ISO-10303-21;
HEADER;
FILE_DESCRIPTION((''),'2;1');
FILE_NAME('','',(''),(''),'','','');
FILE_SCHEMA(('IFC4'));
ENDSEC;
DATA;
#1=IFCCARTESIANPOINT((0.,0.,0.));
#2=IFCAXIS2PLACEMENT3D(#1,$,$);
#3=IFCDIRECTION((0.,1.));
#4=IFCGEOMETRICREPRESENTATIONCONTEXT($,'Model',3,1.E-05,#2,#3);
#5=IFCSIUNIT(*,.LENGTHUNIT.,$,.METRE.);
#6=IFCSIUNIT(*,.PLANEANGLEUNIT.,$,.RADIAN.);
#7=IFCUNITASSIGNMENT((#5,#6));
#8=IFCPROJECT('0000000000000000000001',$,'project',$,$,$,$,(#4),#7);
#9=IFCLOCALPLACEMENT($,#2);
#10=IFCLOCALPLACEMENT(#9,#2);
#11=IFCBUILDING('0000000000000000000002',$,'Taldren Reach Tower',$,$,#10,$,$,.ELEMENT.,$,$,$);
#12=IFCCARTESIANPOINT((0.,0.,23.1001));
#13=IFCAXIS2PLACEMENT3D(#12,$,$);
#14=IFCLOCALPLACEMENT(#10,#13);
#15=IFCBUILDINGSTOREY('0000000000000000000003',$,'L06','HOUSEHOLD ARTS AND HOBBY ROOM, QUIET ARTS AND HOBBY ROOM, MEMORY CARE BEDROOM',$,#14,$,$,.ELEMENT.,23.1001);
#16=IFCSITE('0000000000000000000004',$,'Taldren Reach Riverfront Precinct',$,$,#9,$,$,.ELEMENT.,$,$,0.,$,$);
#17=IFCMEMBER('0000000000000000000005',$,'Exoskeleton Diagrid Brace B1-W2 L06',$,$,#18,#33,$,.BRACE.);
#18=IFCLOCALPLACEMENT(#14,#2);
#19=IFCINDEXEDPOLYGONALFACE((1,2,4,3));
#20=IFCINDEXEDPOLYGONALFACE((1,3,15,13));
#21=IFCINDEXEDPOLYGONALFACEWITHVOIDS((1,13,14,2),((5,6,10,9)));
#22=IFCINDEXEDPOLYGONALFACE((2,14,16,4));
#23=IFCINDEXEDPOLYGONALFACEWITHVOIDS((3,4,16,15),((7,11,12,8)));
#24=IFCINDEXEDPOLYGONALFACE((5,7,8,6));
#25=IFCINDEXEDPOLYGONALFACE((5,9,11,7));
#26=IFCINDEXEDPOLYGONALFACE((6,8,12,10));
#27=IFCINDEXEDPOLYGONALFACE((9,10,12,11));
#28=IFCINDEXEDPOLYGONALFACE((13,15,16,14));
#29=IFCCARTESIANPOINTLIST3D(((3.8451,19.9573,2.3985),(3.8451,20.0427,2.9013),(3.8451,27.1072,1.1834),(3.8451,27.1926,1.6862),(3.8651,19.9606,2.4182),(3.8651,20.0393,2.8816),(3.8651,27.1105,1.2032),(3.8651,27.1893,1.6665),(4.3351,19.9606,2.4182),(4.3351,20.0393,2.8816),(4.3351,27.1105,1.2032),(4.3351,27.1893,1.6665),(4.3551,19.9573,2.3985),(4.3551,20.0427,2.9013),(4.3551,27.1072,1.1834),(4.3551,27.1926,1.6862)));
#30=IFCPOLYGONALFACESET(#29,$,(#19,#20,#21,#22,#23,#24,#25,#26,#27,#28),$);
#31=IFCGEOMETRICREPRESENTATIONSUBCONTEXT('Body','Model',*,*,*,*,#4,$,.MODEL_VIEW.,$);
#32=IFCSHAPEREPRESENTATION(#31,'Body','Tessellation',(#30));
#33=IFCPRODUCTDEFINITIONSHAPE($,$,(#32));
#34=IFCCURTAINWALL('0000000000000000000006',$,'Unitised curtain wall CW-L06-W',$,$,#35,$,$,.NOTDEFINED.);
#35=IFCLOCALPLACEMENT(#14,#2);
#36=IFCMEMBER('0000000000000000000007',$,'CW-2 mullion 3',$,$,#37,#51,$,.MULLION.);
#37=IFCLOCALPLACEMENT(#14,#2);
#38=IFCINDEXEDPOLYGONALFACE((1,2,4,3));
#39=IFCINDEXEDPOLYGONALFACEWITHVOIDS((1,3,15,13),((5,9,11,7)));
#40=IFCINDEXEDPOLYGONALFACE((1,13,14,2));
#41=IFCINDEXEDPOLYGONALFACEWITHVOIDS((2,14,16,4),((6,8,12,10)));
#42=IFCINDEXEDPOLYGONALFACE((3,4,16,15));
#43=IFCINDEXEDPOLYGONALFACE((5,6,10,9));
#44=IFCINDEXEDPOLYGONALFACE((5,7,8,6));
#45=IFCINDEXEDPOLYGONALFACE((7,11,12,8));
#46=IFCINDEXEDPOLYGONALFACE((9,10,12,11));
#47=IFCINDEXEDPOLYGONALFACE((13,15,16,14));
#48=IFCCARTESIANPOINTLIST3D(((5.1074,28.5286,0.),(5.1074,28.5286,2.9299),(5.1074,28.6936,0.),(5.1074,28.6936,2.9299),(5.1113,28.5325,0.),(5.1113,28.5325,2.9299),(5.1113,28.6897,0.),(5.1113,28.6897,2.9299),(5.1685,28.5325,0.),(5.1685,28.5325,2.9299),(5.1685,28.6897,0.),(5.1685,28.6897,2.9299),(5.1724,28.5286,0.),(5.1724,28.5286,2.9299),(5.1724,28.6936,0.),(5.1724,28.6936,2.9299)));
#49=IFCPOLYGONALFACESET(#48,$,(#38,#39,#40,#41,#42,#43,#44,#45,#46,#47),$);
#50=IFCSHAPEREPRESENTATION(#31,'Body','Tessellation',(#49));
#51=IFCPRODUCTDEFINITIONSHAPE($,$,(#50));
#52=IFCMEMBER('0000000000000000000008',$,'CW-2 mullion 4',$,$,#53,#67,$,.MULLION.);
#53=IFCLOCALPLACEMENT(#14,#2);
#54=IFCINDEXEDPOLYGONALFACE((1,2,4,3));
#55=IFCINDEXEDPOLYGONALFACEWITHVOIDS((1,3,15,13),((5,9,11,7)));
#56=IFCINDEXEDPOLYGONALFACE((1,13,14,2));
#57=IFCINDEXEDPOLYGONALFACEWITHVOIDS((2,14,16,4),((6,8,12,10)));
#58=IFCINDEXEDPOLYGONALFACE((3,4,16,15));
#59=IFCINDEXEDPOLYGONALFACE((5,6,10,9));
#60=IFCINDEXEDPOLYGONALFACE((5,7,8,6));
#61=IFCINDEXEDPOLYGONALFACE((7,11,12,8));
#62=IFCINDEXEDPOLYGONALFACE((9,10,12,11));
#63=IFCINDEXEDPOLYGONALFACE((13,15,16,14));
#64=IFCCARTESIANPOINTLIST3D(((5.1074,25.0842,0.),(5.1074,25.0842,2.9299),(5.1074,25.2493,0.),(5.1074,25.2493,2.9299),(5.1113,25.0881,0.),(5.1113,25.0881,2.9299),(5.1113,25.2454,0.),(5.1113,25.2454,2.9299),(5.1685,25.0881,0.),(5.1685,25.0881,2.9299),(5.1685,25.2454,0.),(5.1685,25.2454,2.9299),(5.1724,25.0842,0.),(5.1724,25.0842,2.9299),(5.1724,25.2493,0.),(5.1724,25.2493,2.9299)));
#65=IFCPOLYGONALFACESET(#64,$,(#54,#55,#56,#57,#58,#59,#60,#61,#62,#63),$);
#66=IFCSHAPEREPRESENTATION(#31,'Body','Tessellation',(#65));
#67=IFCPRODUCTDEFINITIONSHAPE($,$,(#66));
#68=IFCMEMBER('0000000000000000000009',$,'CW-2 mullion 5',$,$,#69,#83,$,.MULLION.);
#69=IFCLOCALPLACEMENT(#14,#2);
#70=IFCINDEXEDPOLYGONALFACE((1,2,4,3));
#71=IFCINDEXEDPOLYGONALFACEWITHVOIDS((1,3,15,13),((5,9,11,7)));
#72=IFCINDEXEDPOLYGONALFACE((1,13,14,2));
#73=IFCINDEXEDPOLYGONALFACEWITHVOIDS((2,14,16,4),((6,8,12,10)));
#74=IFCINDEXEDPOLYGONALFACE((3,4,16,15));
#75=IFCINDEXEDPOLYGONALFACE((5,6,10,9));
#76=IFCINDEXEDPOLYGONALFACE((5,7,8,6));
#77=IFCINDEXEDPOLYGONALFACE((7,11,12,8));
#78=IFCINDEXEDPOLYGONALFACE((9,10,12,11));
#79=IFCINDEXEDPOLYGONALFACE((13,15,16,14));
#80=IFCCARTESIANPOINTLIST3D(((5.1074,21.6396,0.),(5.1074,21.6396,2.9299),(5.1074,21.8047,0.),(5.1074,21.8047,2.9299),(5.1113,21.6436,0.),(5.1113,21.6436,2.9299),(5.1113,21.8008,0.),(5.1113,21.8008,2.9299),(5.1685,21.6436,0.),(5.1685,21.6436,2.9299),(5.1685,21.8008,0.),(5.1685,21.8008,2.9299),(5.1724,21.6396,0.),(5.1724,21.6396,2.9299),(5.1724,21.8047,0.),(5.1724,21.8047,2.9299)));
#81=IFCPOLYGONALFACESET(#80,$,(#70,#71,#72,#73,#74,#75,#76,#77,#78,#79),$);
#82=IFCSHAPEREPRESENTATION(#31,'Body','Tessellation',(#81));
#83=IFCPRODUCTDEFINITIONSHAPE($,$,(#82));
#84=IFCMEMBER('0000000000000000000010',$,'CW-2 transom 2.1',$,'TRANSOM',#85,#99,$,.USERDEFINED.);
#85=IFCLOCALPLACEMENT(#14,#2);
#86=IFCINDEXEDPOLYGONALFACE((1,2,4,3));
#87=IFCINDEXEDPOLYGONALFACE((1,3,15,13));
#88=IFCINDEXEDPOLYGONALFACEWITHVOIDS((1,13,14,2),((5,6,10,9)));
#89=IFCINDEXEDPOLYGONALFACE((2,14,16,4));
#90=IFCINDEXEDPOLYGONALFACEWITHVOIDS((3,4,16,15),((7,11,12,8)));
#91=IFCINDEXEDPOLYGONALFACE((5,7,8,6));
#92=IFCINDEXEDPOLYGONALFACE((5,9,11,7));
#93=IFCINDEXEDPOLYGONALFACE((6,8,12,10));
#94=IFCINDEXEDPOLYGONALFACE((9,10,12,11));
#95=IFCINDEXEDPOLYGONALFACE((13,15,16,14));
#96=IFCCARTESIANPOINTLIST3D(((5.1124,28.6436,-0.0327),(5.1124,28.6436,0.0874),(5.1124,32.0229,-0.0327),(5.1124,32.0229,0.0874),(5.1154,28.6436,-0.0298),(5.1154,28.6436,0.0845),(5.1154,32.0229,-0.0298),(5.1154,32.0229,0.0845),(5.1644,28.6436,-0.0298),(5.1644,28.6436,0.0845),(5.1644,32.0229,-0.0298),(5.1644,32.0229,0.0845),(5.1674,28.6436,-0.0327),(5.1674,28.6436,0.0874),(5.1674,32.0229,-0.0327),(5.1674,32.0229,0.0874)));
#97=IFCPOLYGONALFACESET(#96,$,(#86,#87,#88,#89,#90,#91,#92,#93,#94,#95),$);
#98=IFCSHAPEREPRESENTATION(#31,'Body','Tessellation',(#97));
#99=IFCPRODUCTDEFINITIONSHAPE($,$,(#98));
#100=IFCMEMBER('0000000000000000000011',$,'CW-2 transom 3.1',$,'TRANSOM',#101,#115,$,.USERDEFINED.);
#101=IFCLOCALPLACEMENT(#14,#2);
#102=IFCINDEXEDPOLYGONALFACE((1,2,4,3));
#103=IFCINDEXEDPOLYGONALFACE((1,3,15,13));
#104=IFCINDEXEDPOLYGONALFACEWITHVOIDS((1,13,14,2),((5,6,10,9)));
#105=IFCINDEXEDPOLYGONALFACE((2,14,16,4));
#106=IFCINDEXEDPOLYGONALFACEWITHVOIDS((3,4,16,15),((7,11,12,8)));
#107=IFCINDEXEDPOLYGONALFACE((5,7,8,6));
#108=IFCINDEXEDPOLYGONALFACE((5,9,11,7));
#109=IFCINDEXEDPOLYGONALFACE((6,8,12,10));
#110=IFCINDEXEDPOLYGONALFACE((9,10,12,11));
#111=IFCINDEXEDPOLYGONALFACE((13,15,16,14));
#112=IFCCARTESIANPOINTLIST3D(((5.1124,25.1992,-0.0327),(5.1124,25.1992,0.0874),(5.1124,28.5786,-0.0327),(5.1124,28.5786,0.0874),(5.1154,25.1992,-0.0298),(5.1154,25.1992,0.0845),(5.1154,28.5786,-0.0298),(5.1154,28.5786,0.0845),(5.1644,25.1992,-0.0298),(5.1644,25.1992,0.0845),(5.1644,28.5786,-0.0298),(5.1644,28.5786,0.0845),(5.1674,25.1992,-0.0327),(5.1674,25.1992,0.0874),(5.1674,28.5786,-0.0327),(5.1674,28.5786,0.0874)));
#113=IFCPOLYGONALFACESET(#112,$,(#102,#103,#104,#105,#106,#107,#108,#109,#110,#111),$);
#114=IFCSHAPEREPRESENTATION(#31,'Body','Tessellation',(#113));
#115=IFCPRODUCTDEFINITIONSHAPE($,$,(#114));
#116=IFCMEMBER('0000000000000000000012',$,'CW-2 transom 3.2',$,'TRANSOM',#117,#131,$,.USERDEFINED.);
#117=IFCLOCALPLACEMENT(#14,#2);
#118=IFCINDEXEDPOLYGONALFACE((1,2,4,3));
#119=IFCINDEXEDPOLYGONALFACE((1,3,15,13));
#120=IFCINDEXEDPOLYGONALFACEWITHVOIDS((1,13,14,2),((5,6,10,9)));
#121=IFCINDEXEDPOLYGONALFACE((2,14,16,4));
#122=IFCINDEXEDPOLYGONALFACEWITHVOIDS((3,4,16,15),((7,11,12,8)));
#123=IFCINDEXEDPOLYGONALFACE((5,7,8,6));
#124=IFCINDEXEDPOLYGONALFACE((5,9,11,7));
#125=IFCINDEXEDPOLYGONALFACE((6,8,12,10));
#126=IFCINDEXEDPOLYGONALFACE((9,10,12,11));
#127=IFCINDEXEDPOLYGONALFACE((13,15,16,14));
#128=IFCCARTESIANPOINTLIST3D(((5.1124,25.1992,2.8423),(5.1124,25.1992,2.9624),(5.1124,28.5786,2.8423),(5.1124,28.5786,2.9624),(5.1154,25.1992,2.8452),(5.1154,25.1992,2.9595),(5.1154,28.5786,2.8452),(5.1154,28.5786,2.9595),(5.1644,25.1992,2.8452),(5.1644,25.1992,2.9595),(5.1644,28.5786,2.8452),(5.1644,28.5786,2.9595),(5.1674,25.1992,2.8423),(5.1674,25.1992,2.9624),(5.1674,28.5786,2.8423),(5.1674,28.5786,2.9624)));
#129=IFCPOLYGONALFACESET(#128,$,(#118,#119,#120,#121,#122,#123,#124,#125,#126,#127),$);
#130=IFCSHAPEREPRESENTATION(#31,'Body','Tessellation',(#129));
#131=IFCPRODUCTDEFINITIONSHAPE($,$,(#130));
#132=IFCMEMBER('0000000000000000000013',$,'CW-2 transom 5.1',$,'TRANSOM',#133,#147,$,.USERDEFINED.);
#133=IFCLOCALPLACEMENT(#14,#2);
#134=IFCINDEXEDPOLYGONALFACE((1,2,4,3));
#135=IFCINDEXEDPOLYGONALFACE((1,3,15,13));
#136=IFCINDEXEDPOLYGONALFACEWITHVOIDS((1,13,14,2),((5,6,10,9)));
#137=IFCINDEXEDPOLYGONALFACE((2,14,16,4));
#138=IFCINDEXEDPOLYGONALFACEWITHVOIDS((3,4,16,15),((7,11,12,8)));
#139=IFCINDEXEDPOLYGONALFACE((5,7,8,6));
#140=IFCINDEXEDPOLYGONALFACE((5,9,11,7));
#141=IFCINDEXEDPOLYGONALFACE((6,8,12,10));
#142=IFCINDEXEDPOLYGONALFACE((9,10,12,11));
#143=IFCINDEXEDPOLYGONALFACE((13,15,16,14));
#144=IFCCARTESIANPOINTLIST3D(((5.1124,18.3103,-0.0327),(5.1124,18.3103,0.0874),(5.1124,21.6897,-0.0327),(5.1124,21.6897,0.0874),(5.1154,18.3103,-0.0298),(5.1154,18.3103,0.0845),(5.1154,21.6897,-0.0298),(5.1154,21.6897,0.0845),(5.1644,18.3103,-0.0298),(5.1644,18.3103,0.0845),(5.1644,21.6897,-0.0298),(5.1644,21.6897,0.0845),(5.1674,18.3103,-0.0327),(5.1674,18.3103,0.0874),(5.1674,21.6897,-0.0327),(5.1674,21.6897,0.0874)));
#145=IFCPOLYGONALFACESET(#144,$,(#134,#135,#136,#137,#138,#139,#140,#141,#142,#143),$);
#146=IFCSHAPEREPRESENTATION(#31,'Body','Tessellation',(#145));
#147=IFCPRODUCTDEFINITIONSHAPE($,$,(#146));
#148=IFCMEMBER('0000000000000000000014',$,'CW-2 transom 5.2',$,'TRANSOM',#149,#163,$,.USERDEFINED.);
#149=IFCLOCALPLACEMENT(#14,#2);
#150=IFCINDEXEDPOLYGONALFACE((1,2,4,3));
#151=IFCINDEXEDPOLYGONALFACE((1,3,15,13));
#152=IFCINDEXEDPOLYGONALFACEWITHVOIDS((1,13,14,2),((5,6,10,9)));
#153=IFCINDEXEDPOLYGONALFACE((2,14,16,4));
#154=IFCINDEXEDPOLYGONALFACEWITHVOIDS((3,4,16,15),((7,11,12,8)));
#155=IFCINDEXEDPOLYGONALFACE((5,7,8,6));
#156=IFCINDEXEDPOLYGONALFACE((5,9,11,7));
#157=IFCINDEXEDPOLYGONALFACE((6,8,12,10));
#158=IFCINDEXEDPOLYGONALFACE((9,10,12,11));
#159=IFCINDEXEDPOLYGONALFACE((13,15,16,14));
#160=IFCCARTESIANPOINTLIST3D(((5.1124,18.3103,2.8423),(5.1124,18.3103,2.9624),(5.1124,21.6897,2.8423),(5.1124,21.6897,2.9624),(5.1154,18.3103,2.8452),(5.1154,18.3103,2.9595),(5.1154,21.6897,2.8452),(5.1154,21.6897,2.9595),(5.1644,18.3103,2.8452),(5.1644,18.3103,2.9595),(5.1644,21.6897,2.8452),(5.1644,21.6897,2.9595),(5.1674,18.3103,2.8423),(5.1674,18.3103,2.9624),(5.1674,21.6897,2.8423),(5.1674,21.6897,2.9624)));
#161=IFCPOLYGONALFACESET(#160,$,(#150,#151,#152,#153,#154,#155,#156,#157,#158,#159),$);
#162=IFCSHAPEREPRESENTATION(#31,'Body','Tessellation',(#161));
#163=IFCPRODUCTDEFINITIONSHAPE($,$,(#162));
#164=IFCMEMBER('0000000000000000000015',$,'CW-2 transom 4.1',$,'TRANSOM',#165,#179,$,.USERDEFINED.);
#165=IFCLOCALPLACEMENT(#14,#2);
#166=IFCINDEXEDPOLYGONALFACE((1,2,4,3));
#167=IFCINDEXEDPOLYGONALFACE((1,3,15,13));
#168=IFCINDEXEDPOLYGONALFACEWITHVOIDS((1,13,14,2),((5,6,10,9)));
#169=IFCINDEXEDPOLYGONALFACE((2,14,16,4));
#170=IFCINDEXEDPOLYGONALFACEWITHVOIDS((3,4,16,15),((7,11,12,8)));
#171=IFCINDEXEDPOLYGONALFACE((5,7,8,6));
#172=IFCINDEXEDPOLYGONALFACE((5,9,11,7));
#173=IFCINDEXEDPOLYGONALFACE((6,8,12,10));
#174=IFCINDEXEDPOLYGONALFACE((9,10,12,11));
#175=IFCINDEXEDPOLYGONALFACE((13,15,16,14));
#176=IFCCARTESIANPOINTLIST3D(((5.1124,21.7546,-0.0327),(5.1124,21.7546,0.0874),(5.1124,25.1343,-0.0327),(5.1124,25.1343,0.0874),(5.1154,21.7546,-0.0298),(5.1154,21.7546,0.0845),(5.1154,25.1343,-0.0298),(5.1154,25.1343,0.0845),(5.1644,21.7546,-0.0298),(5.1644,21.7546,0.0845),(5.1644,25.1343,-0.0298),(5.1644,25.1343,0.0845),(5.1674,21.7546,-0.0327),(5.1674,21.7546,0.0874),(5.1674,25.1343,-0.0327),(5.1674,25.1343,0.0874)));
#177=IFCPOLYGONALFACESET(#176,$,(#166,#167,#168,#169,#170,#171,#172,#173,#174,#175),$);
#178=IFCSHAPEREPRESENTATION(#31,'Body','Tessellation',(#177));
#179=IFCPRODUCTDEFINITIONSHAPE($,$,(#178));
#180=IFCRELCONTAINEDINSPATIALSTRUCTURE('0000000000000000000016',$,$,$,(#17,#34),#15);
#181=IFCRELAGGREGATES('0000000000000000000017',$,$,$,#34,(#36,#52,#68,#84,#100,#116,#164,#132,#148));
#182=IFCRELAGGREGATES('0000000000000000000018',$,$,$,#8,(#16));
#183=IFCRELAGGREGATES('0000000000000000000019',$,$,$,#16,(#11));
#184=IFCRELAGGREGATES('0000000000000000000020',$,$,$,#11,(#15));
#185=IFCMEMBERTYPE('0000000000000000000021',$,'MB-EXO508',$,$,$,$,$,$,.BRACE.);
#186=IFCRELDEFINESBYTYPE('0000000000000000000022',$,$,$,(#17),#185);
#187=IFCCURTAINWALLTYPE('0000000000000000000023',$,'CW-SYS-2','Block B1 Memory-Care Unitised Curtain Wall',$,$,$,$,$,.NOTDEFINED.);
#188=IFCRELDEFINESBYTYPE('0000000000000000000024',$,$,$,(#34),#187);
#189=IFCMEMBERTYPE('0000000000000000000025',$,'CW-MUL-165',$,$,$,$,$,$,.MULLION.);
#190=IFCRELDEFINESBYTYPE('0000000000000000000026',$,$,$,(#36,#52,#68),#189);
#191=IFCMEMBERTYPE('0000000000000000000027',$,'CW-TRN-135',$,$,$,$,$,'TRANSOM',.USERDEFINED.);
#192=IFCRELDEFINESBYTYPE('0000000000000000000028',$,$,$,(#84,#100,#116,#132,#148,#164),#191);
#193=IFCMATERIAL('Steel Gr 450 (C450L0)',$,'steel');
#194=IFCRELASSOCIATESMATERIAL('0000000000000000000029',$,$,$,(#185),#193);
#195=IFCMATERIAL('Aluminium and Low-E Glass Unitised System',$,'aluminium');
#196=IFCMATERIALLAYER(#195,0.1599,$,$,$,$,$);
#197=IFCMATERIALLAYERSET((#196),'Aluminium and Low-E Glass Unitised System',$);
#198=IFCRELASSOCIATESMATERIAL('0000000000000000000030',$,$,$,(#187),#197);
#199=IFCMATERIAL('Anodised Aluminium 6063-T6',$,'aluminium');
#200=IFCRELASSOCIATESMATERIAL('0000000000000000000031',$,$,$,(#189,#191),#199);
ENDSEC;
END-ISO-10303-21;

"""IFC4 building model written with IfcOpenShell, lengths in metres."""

from ifc_helpers import new_model, si_unit, direction, frame, origin, origin_2d, place, context, subcontext, project, spatial, hollow_rectangle, extrude, source, transform, mapped, material, layer, layer_set, material_profile, profile_set, type_object, element, aggregate, save


model = new_model("IFC4")

# Units and contexts
model_context = context("Model", 3, precision=1e-05, world=origin(), true_north=direction((0.0, 1.0)))
body_context = subcontext(model_context, "Body", "Model", "MODEL_VIEW")
ifc_project = project(units=[si_unit("LENGTHUNIT", "METRE"), si_unit("PLANEANGLEUNIT", "RADIAN")], contexts=[model_context])

# Site, building, storey
site_placement = place(None, origin())
site = spatial("IfcSite", under=ifc_project, at=site_placement, Name="Taldren Reach Riverfront Precinct", CompositionType="ELEMENT", RefElevation=0.0)
building_placement = place(site_placement, origin())
building = spatial("IfcBuilding", under=site, at=building_placement, Name="Taldren Reach Tower", CompositionType="ELEMENT")
storey_placement = place(building_placement, frame((0.0, 0.0, 23.1001)))
storey = spatial("IfcBuildingStorey", under=building, at=storey_placement, Name="L06", Description="HOUSEHOLD ARTS AND HOBBY ROOM, QUIET ARTS AND HOBBY ROOM, MEMORY CARE BEDROOM", CompositionType="ELEMENT", Elevation=23.1001)

# Member
ifc_material_1 = material(Name="Steel Gr 450 (C450L0)", Category="steel")
ifc_material_profile_1 = material_profile(ifc_material_1, hollow_rectangle(XDim=0.51, YDim=0.51, WallThickness=0.02, at=origin_2d()), Name="510x510x20.0SHS")
ifc_profile_set_1 = profile_set([ifc_material_profile_1], Name="Steel Gr 450 (C450L0)")
member_type_1 = type_object("IfcMemberType", Name="MB-EXO508", PredefinedType="BRACE", material=ifc_profile_set_1)
shared_shape_1 = source(origin(), body_context, "Body", "SweptSolid", [
    extrude(hollow_rectangle(XDim=0.51, YDim=0.51, WallThickness=0.02, at=origin_2d()), origin(), (0.0, 0.0, 1.0), 7.2524),
])
member_1_placement = place(storey_placement, frame((4.1001, 27.1499, 1.4348), z_axis=(0.0, -0.985865, 0.167542), x_axis=(1.0, 0.0, 0.0)))
element("IfcMember", 1, at=member_1_placement, inside=storey, type_object=member_type_1, Name="Exoskeleton Diagrid Brace B1-W2 L06", PredefinedType="BRACE", context=body_context, shape_type="MappedRepresentation", body=[
    mapped(shared_shape_1, transform((0.0, 0.0, 0.0), scale=1.0)),
])

# Curtain wall, members
ifc_material_2 = material(Name="Aluminium and Low-E Glass Unitised System", Category="aluminium")
ifc_layer_1 = layer(ifc_material_2, 0.1599)
ifc_layer_set_1 = layer_set([ifc_layer_1], Name="Aluminium and Low-E Glass Unitised System")
curtain_wall_type = type_object("IfcCurtainWallType", Name="CW-SYS-2", Description="Block B1 Memory-Care Unitised Curtain Wall", PredefinedType="NOTDEFINED", material=ifc_layer_set_1)
curtain_wall_placement = place(storey_placement, origin())
curtain_wall = element("IfcCurtainWall", 2, at=curtain_wall_placement, inside=storey, type_object=curtain_wall_type, Name="Unitised curtain wall CW-L06-W", PredefinedType="NOTDEFINED")
ifc_material_3 = material(Name="Anodised Aluminium 6063-T6", Category="aluminium")
ifc_material_profile_2 = material_profile(ifc_material_3, hollow_rectangle(XDim=0.0649, YDim=0.165, WallThickness=0.0039, at=origin_2d()), Name="ALU-165x65x4RHS")
ifc_profile_set_2 = profile_set([ifc_material_profile_2], Name="Anodised Aluminium 6063-T6")
member_type_2 = type_object("IfcMemberType", Name="CW-MUL-165", PredefinedType="MULLION", material=ifc_profile_set_2)
shared_shape_2 = source(origin(), body_context, "Body", "SweptSolid", [
    extrude(hollow_rectangle(XDim=0.0649, YDim=0.165, WallThickness=0.0039, at=origin_2d()), origin(), (0.0, 0.0, 1.0), 2.9299),
])
member_2_placement = place(storey_placement, frame((5.1399, 28.6111, 0.0), z_axis=(0.0, 0.0, 1.0), x_axis=(1.0, 0.0, 0.0)))
member_2 = element("IfcMember", 3, at=member_2_placement, type_object=member_type_2, Name="CW-2 mullion 3", PredefinedType="MULLION", context=body_context, shape_type="MappedRepresentation", body=[
    mapped(shared_shape_2, transform((0.0, 0.0, 0.0), scale=1.0)),
])
member_3_placement = place(storey_placement, frame((5.1399, 25.1667, 0.0), z_axis=(0.0, 0.0, 1.0), x_axis=(1.0, 0.0, 0.0)))
member_3 = element("IfcMember", 4, at=member_3_placement, type_object=member_type_2, Name="CW-2 mullion 4", PredefinedType="MULLION", context=body_context, shape_type="MappedRepresentation", body=[
    mapped(shared_shape_2, transform((0.0, 0.0, 0.0), scale=1.0)),
])
member_4_placement = place(storey_placement, frame((5.1399, 21.7222, 0.0), z_axis=(0.0, 0.0, 1.0), x_axis=(1.0, 0.0, 0.0)))
member_4 = element("IfcMember", 5, at=member_4_placement, type_object=member_type_2, Name="CW-2 mullion 5", PredefinedType="MULLION", context=body_context, shape_type="MappedRepresentation", body=[
    mapped(shared_shape_2, transform((0.0, 0.0, 0.0), scale=1.0)),
])
ifc_material_profile_3 = material_profile(ifc_material_3, hollow_rectangle(XDim=0.0549, YDim=0.1201, WallThickness=0.0029, at=origin_2d()), Name="ALU-120x55x3RHS")
ifc_profile_set_3 = profile_set([ifc_material_profile_3], Name="Anodised Aluminium 6063-T6")
member_type_3 = type_object("IfcMemberType", Name="CW-TRN-135", ElementType="TRANSOM", PredefinedType="USERDEFINED", material=ifc_profile_set_3)
shared_shape_3 = source(origin(), body_context, "Body", "SweptSolid", [
    extrude(hollow_rectangle(XDim=0.0549, YDim=0.1201, WallThickness=0.0029, at=origin_2d()), origin(), (0.0, 0.0, 1.0), 3.3794),
])
member_5_placement = place(storey_placement, frame((5.1399, 32.0229, 0.0273), z_axis=(0.0, -1.0, 0.0), x_axis=(1.0, 0.0, 0.0)))
member_5 = element("IfcMember", 6, at=member_5_placement, type_object=member_type_3, Name="CW-2 transom 2.1", ObjectType="TRANSOM", PredefinedType="USERDEFINED", context=body_context, shape_type="MappedRepresentation", body=[
    mapped(shared_shape_3, transform((0.0, 0.0, 0.0), scale=1.0)),
])
member_6_placement = place(storey_placement, frame((5.1399, 28.5786, 0.0273), z_axis=(0.0, -1.0, 0.0), x_axis=(1.0, 0.0, 0.0)))
member_6 = element("IfcMember", 7, at=member_6_placement, type_object=member_type_3, Name="CW-2 transom 3.1", ObjectType="TRANSOM", PredefinedType="USERDEFINED", context=body_context, shape_type="MappedRepresentation", body=[
    mapped(shared_shape_3, transform((0.0, 0.0, 0.0), scale=1.0)),
])
member_7_placement = place(storey_placement, frame((5.1399, 28.5786, 2.9023), z_axis=(0.0, -1.0, 0.0), x_axis=(1.0, 0.0, 0.0)))
member_7 = element("IfcMember", 8, at=member_7_placement, type_object=member_type_3, Name="CW-2 transom 3.2", ObjectType="TRANSOM", PredefinedType="USERDEFINED", context=body_context, shape_type="MappedRepresentation", body=[
    mapped(shared_shape_3, transform((0.0, 0.0, 0.0), scale=1.0)),
])
member_8_placement = place(storey_placement, frame((5.1399, 21.6897, 0.0273), z_axis=(0.0, -1.0, 0.0), x_axis=(1.0, 0.0, 0.0)))
member_8 = element("IfcMember", 9, at=member_8_placement, type_object=member_type_3, Name="CW-2 transom 5.1", ObjectType="TRANSOM", PredefinedType="USERDEFINED", context=body_context, shape_type="MappedRepresentation", body=[
    mapped(shared_shape_3, transform((0.0, 0.0, 0.0), scale=1.0)),
])
member_9_placement = place(storey_placement, frame((5.1399, 21.6897, 2.9023), z_axis=(0.0, -1.0, 0.0), x_axis=(1.0, 0.0, 0.0)))
member_9 = element("IfcMember", 10, at=member_9_placement, type_object=member_type_3, Name="CW-2 transom 5.2", ObjectType="TRANSOM", PredefinedType="USERDEFINED", context=body_context, shape_type="MappedRepresentation", body=[
    mapped(shared_shape_3, transform((0.0, 0.0, 0.0), scale=1.0)),
])
shared_shape_4 = source(origin(), body_context, "Body", "SweptSolid", [
    extrude(hollow_rectangle(XDim=0.0549, YDim=0.1201, WallThickness=0.0029, at=origin_2d()), origin(), (0.0, 0.0, 1.0), 3.3796),
])
member_10_placement = place(storey_placement, frame((5.1399, 25.1343, 0.0273), z_axis=(0.0, -1.0, 0.0), x_axis=(1.0, 0.0, 0.0)))
member_10 = element("IfcMember", 11, at=member_10_placement, type_object=member_type_3, Name="CW-2 transom 4.1", ObjectType="TRANSOM", PredefinedType="USERDEFINED", context=body_context, shape_type="MappedRepresentation", body=[
    mapped(shared_shape_4, transform((0.0, 0.0, 0.0), scale=1.0)),
])
aggregate(curtain_wall, [member_2, member_3, member_4, member_5, member_6, member_7, member_10, member_8, member_9])

save(model, "model.ifc")
